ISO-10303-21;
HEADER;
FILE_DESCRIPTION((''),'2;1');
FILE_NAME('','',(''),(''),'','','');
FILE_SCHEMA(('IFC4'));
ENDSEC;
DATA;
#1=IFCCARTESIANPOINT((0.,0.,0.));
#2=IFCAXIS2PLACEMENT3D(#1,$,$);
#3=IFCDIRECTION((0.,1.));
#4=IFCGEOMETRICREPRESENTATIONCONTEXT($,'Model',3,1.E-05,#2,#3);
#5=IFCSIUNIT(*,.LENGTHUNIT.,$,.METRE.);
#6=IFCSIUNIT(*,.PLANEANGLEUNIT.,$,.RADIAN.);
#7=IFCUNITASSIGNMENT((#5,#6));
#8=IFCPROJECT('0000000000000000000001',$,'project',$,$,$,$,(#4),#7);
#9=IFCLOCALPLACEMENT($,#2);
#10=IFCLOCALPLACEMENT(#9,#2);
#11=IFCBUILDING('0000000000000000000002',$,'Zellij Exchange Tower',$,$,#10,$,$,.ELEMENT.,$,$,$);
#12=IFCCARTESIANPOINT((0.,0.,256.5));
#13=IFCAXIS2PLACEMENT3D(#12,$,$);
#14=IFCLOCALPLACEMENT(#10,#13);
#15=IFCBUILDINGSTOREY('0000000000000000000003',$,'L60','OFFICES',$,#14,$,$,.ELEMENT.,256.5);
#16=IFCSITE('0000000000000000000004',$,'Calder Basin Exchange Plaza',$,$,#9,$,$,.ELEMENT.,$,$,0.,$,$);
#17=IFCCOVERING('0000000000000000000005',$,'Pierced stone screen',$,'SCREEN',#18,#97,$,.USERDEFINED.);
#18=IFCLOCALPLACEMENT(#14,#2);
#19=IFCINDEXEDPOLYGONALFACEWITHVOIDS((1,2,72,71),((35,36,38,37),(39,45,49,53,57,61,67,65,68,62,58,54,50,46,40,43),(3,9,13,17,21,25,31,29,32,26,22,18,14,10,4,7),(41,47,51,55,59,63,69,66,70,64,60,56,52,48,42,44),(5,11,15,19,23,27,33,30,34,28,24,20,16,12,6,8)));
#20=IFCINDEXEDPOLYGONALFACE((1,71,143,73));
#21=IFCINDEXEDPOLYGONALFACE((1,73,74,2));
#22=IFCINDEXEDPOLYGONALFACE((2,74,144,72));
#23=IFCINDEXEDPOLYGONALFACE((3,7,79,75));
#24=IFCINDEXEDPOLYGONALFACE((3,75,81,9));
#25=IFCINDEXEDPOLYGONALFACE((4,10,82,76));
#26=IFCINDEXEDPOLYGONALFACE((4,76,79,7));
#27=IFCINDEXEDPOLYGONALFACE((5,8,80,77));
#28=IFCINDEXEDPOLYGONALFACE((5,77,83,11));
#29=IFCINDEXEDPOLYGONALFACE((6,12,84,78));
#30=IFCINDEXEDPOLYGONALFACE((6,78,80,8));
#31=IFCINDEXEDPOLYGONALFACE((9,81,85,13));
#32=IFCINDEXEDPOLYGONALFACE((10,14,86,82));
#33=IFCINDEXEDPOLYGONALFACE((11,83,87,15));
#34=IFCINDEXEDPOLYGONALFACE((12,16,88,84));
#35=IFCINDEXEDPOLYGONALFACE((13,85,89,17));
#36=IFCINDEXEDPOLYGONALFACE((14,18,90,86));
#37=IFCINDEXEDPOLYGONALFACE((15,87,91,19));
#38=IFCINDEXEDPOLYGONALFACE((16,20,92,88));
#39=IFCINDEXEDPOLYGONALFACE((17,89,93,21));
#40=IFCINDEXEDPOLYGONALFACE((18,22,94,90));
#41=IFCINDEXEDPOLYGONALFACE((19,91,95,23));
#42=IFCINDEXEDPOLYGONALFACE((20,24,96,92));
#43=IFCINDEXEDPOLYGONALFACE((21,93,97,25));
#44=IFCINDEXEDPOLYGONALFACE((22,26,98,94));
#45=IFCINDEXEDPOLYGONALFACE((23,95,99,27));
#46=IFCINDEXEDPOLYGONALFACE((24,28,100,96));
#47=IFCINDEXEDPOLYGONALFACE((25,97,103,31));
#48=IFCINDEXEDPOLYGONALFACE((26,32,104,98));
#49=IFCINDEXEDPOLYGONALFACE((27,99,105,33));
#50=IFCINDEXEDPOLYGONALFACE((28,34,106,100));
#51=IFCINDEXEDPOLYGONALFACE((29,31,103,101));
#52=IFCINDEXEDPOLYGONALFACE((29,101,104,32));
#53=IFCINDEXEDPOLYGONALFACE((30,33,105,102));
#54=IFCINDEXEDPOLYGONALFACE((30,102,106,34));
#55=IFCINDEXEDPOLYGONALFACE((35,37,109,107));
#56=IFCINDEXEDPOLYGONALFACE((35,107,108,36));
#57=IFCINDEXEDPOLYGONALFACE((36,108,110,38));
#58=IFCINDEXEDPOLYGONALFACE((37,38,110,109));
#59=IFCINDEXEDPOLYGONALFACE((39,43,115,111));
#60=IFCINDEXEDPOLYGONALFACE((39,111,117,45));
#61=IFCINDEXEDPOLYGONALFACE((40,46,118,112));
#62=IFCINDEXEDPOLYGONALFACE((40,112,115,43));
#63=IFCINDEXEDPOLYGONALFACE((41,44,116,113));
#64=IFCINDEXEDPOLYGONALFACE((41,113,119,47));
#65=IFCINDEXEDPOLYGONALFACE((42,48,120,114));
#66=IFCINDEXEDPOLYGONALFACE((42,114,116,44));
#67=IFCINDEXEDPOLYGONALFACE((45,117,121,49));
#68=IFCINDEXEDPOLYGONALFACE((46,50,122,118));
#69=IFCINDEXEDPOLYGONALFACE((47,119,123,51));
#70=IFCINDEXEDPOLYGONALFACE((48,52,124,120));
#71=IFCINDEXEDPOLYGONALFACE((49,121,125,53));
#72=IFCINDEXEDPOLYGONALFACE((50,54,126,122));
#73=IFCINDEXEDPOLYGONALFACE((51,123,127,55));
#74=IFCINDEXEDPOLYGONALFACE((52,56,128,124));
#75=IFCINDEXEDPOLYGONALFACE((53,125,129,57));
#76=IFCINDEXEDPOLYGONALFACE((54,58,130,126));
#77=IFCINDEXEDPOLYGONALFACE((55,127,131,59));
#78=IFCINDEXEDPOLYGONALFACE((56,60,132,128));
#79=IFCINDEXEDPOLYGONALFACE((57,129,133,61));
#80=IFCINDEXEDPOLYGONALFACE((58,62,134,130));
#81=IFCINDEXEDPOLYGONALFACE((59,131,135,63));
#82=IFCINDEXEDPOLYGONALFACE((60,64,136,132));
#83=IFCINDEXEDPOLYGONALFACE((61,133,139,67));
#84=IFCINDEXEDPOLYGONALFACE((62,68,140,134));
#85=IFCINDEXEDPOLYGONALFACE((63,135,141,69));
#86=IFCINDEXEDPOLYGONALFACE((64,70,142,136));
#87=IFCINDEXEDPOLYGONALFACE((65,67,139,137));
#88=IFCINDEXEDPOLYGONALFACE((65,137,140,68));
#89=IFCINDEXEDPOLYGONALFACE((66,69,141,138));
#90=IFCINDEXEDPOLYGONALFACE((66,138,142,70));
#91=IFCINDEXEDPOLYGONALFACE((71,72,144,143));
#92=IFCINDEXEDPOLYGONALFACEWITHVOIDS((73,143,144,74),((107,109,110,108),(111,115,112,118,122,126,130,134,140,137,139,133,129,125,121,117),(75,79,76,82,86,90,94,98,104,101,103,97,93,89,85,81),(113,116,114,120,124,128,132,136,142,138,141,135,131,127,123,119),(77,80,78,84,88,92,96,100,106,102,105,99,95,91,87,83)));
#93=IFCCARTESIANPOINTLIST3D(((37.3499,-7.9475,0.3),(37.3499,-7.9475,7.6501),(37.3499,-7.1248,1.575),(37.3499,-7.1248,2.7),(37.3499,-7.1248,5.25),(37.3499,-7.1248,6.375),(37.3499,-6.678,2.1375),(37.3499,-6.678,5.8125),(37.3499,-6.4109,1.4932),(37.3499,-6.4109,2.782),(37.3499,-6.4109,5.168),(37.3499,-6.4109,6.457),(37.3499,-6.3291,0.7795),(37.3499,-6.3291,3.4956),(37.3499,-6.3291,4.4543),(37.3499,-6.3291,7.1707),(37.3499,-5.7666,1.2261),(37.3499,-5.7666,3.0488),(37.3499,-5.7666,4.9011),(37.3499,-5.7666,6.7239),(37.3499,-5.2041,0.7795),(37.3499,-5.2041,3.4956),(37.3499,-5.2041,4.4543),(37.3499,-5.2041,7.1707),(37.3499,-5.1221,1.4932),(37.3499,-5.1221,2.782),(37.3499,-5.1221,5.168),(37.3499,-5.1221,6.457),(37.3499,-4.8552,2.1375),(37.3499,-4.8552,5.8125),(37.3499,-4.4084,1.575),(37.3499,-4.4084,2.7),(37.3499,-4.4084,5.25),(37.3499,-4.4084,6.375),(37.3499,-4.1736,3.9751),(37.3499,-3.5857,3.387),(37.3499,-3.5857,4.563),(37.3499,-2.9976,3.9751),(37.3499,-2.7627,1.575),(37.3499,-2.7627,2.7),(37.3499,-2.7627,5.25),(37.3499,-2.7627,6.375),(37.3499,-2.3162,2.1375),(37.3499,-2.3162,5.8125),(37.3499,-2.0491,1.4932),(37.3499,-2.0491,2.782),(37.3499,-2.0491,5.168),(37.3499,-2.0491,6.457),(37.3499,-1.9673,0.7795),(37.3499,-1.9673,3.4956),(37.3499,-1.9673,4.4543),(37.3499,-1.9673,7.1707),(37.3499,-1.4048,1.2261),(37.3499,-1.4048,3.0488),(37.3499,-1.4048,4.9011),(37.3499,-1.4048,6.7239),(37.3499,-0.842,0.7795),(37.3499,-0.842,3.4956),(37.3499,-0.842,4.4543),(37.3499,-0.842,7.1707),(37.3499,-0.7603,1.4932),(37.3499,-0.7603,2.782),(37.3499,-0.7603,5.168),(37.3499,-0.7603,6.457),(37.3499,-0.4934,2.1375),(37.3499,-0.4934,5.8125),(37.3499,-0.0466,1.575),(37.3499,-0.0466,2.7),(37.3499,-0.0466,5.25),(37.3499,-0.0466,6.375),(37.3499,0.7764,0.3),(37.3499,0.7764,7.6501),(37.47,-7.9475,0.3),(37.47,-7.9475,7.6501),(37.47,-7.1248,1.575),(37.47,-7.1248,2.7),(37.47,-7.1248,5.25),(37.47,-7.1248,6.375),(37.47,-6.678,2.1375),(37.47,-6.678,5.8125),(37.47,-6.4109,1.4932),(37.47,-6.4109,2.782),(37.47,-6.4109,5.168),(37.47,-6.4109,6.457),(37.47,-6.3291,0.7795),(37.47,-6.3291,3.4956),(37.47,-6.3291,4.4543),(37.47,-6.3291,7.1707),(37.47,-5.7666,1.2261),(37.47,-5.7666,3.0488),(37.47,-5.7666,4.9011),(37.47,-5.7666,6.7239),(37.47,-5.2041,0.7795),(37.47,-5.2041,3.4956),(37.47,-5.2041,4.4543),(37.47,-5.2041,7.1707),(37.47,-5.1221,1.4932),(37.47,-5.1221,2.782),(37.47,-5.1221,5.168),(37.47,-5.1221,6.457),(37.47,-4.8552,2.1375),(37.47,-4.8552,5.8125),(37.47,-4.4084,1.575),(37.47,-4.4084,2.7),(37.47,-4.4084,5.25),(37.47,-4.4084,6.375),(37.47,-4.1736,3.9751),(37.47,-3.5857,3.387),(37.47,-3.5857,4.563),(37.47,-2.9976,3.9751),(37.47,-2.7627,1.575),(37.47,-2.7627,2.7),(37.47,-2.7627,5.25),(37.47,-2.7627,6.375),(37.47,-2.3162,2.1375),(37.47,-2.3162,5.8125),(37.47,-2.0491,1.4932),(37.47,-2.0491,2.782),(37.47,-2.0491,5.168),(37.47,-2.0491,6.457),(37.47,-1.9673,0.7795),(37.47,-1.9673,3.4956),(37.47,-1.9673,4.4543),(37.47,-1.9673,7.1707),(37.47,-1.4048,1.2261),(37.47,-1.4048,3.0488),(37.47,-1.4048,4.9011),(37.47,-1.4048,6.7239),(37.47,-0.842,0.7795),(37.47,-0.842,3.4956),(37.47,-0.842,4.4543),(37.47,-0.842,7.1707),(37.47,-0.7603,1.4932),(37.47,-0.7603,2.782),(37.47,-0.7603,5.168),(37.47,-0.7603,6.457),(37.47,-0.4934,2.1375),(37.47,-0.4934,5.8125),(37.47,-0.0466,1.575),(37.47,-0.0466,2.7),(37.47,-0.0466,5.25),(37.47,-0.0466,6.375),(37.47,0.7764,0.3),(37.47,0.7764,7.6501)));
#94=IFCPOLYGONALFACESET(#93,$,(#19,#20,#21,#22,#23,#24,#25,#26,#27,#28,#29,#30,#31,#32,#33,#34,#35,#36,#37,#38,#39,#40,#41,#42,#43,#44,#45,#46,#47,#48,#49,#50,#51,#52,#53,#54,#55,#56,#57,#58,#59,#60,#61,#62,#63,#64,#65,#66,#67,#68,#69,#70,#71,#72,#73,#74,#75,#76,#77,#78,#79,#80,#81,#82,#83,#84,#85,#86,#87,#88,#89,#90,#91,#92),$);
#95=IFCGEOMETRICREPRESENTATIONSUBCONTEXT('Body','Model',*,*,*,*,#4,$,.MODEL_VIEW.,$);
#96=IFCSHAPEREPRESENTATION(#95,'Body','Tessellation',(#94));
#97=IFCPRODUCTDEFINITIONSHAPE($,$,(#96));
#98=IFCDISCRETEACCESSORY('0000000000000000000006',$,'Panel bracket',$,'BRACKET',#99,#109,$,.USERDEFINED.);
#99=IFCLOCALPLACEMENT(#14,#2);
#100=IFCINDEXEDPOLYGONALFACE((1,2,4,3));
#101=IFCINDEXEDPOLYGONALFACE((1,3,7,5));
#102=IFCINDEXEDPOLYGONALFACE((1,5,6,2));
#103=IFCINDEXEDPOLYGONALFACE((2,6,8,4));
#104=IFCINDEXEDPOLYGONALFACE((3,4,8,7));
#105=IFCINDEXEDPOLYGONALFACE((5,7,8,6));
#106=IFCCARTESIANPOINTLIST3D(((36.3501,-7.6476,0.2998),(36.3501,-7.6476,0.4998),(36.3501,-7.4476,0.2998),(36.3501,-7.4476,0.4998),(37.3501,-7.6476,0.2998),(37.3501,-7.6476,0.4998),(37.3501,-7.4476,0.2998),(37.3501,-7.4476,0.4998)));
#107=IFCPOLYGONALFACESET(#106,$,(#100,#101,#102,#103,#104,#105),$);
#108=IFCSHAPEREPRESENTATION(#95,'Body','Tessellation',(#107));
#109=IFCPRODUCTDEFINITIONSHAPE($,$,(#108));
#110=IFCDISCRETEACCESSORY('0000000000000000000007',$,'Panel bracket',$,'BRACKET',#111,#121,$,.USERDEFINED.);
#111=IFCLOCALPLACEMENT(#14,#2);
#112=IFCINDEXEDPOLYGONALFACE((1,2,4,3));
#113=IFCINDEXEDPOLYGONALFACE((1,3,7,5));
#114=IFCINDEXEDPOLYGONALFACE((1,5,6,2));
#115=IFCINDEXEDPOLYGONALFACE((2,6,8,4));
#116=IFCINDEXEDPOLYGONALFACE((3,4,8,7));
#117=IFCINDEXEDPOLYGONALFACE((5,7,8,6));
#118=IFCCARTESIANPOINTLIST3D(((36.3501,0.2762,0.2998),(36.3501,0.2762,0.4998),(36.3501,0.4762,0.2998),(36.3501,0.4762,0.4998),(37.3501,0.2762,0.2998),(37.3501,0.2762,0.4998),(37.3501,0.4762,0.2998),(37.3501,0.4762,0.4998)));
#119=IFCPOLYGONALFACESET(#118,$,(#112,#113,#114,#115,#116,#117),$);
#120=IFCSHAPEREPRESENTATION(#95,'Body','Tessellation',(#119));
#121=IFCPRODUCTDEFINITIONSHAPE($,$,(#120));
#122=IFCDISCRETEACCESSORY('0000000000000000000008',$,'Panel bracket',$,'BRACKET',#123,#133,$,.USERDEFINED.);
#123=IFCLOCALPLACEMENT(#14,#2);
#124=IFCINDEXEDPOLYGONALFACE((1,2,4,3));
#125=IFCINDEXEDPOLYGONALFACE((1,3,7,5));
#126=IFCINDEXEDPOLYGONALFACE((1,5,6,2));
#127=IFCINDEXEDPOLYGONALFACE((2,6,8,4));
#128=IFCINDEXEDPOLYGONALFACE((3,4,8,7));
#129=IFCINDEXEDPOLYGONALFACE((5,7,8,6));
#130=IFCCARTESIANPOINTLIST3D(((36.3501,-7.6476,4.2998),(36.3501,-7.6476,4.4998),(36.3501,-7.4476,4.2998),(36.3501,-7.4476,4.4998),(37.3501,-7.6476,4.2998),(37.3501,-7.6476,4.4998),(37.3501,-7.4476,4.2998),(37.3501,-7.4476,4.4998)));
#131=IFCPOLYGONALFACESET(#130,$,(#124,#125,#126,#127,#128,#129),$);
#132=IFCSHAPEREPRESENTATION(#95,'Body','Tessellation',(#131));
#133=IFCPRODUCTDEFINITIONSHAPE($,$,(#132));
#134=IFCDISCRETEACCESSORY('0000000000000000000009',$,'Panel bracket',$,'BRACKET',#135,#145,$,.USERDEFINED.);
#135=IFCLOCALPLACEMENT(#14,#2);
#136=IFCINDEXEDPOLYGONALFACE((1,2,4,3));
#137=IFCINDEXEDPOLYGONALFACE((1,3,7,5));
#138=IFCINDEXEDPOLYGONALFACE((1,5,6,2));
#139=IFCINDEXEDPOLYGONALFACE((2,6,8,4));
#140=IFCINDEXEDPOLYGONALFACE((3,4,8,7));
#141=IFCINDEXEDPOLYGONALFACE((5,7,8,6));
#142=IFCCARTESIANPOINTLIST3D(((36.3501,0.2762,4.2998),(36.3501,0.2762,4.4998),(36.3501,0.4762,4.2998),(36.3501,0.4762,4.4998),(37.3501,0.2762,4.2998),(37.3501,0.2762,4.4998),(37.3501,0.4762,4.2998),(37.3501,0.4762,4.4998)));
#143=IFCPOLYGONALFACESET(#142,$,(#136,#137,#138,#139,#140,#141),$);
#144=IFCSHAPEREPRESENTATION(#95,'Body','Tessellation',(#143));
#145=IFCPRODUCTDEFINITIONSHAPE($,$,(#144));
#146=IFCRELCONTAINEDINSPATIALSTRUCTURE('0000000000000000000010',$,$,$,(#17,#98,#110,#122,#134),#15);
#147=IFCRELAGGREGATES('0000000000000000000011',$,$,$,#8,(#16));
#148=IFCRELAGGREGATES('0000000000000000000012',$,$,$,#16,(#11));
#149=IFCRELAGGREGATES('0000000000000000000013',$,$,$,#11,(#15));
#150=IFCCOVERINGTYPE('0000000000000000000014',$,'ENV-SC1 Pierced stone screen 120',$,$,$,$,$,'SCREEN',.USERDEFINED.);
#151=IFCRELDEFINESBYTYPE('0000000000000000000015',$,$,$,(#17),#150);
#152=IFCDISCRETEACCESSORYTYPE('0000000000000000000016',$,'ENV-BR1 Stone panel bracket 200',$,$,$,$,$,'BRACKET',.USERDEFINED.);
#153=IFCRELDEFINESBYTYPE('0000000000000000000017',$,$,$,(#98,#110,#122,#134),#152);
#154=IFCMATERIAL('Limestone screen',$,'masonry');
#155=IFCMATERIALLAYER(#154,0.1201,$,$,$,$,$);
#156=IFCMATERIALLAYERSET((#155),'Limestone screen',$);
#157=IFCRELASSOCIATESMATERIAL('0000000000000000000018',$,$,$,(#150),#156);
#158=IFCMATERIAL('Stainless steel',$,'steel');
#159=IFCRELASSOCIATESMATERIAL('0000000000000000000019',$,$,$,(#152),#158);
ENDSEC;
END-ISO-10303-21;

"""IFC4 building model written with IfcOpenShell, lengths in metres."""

from ifc_helpers import new_model, si_unit, direction, frame, origin, origin_2d, place, context, subcontext, project, spatial, polyline, rectangle, outline, extrude, material, layer, layer_set, type_object, element, save


model = new_model("IFC4")

# Units and contexts
model_context = context("Model", 3, precision=1e-05, world=origin(), true_north=direction((0.0, 1.0)))
body_context = subcontext(model_context, "Body", "Model", "MODEL_VIEW")
ifc_project = project(units=[si_unit("LENGTHUNIT", "METRE"), si_unit("PLANEANGLEUNIT", "RADIAN")], contexts=[model_context])

# Site, building, storey
site_placement = place(None, origin())
site = spatial("IfcSite", under=ifc_project, at=site_placement, Name="Calder Basin Exchange Plaza", CompositionType="ELEMENT", RefElevation=0.0)
building_placement = place(site_placement, origin())
building = spatial("IfcBuilding", under=site, at=building_placement, Name="Zellij Exchange Tower", CompositionType="ELEMENT")
storey_placement = place(building_placement, frame((0.0, 0.0, 256.5)))
storey = spatial("IfcBuildingStorey", under=building, at=storey_placement, Name="L60", Description="OFFICES", CompositionType="ELEMENT", Elevation=256.5)

# Covering
ifc_material_1 = material(Name="Limestone screen", Category="masonry")
ifc_layer_1 = layer(ifc_material_1, 0.1201)
ifc_layer_set_1 = layer_set([ifc_layer_1], Name="Limestone screen")
covering_type = type_object("IfcCoveringType", Name="ENV-SC1 Pierced stone screen 120", ElementType="SCREEN", PredefinedType="USERDEFINED", material=ifc_layer_set_1)
covering_placement = place(storey_placement, frame((37.4099, -7.9475, 0.3), z_axis=(0.0, 0.0, 1.0), x_axis=(0.0, 1.0, 0.0)))
element("IfcCovering", 1, at=covering_placement, inside=storey, type_object=covering_type, Name="Pierced stone screen", ObjectType="SCREEN", PredefinedType="USERDEFINED", context=body_context, shape_type="SweptSolid", body=[
    extrude(outline(polyline([(0.0, 0.0), (8.7239, 0.0), (8.7239, 7.3501), (0.0, 7.3501), (0.0, 0.0)]), holes=[polyline([(3.5391, 2.3999), (2.8254, 2.4819), (2.7434, 3.1956), (2.1809, 2.7488), (1.6184, 3.1956), (1.5366, 2.4819), (0.8228, 2.3999), (1.2695, 1.8374), (0.8228, 1.2749), (1.5366, 1.1931), (1.6184, 0.4795), (2.1809, 0.926), (2.7434, 0.4795), (2.8254, 1.1931), (3.5391, 1.2749), (3.0923, 1.8374), (3.5391, 2.3999)]), polyline([(3.5391, 6.075), (2.8254, 6.157), (2.7434, 6.8706), (2.1809, 6.4238), (1.6184, 6.8706), (1.5366, 6.157), (0.8228, 6.075), (1.2695, 5.5125), (0.8228, 4.95), (1.5366, 4.8679), (1.6184, 4.1543), (2.1809, 4.6011), (2.7434, 4.1543), (2.8254, 4.8679), (3.5391, 4.95), (3.0923, 5.5125), (3.5391, 6.075)]), polyline([(7.9009, 2.3999), (7.1873, 2.4819), (7.1055, 3.1956), (6.5427, 2.7488), (5.9802, 3.1956), (5.8984, 2.4819), (5.1848, 2.3999), (5.6313, 1.8374), (5.1848, 1.2749), (5.8984, 1.1931), (5.9802, 0.4795), (6.5427, 0.926), (7.1055, 0.4795), (7.1873, 1.1931), (7.9009, 1.2749), (7.4541, 1.8374), (7.9009, 2.3999)]), polyline([(7.9009, 6.075), (7.1873, 6.157), (7.1055, 6.8706), (6.5427, 6.4238), (5.9802, 6.8706), (5.8984, 6.157), (5.1848, 6.075), (5.6313, 5.5125), (5.1848, 4.95), (5.8984, 4.8679), (5.9802, 4.1543), (6.5427, 4.6011), (7.1055, 4.1543), (7.1873, 4.8679), (7.9009, 4.95), (7.4541, 5.5125), (7.9009, 6.075)]), polyline([(4.95, 3.675), (4.3618, 4.2629), (3.7739, 3.675), (4.3618, 3.0869), (4.95, 3.675)])]), frame((0.0, 0.0601, 0.0), z_axis=(0.0, -1.0, 0.0), x_axis=(1.0, 0.0, 0.0)), (0.0, 0.0, 1.0), 0.1201),
])

# Discrete accessories
ifc_material_2 = material(Name="Stainless steel", Category="steel")
discrete_accessory_type = type_object("IfcDiscreteAccessoryType", Name="ENV-BR1 Stone panel bracket 200", ElementType="BRACKET", PredefinedType="USERDEFINED", material=ifc_material_2)
for number, where, z_axis, x_axis, name in (
    (2, (36.8501, -7.5476, 0.2998), (0.0, 0.0, 1.0), (0.0, 1.0, 0.0), "Panel bracket"),
    (3, (36.8501, 0.3762, 0.2998), (0.0, 0.0, 1.0), (0.0, 1.0, 0.0), "Panel bracket"),
    (4, (36.8501, -7.5476, 4.2998), (0.0, 0.0, 1.0), (0.0, 1.0, 0.0), "Panel bracket"),
    (5, (36.8501, 0.3762, 4.2998), (0.0, 0.0, 1.0), (0.0, 1.0, 0.0), "Panel bracket"),
):
    element("IfcDiscreteAccessory", number, at=place(storey_placement, frame(where, z_axis=z_axis, x_axis=x_axis)), inside=storey, type_object=discrete_accessory_type, Name=name, ObjectType="BRACKET", PredefinedType="USERDEFINED", context=body_context, shape_type="SweptSolid", body=[
        extrude(rectangle(XDim=0.2, YDim=1.0, at=origin_2d()), origin(), (0.0, 0.0, 1.0), 0.2),
    ])

save(model, "model.ifc")
